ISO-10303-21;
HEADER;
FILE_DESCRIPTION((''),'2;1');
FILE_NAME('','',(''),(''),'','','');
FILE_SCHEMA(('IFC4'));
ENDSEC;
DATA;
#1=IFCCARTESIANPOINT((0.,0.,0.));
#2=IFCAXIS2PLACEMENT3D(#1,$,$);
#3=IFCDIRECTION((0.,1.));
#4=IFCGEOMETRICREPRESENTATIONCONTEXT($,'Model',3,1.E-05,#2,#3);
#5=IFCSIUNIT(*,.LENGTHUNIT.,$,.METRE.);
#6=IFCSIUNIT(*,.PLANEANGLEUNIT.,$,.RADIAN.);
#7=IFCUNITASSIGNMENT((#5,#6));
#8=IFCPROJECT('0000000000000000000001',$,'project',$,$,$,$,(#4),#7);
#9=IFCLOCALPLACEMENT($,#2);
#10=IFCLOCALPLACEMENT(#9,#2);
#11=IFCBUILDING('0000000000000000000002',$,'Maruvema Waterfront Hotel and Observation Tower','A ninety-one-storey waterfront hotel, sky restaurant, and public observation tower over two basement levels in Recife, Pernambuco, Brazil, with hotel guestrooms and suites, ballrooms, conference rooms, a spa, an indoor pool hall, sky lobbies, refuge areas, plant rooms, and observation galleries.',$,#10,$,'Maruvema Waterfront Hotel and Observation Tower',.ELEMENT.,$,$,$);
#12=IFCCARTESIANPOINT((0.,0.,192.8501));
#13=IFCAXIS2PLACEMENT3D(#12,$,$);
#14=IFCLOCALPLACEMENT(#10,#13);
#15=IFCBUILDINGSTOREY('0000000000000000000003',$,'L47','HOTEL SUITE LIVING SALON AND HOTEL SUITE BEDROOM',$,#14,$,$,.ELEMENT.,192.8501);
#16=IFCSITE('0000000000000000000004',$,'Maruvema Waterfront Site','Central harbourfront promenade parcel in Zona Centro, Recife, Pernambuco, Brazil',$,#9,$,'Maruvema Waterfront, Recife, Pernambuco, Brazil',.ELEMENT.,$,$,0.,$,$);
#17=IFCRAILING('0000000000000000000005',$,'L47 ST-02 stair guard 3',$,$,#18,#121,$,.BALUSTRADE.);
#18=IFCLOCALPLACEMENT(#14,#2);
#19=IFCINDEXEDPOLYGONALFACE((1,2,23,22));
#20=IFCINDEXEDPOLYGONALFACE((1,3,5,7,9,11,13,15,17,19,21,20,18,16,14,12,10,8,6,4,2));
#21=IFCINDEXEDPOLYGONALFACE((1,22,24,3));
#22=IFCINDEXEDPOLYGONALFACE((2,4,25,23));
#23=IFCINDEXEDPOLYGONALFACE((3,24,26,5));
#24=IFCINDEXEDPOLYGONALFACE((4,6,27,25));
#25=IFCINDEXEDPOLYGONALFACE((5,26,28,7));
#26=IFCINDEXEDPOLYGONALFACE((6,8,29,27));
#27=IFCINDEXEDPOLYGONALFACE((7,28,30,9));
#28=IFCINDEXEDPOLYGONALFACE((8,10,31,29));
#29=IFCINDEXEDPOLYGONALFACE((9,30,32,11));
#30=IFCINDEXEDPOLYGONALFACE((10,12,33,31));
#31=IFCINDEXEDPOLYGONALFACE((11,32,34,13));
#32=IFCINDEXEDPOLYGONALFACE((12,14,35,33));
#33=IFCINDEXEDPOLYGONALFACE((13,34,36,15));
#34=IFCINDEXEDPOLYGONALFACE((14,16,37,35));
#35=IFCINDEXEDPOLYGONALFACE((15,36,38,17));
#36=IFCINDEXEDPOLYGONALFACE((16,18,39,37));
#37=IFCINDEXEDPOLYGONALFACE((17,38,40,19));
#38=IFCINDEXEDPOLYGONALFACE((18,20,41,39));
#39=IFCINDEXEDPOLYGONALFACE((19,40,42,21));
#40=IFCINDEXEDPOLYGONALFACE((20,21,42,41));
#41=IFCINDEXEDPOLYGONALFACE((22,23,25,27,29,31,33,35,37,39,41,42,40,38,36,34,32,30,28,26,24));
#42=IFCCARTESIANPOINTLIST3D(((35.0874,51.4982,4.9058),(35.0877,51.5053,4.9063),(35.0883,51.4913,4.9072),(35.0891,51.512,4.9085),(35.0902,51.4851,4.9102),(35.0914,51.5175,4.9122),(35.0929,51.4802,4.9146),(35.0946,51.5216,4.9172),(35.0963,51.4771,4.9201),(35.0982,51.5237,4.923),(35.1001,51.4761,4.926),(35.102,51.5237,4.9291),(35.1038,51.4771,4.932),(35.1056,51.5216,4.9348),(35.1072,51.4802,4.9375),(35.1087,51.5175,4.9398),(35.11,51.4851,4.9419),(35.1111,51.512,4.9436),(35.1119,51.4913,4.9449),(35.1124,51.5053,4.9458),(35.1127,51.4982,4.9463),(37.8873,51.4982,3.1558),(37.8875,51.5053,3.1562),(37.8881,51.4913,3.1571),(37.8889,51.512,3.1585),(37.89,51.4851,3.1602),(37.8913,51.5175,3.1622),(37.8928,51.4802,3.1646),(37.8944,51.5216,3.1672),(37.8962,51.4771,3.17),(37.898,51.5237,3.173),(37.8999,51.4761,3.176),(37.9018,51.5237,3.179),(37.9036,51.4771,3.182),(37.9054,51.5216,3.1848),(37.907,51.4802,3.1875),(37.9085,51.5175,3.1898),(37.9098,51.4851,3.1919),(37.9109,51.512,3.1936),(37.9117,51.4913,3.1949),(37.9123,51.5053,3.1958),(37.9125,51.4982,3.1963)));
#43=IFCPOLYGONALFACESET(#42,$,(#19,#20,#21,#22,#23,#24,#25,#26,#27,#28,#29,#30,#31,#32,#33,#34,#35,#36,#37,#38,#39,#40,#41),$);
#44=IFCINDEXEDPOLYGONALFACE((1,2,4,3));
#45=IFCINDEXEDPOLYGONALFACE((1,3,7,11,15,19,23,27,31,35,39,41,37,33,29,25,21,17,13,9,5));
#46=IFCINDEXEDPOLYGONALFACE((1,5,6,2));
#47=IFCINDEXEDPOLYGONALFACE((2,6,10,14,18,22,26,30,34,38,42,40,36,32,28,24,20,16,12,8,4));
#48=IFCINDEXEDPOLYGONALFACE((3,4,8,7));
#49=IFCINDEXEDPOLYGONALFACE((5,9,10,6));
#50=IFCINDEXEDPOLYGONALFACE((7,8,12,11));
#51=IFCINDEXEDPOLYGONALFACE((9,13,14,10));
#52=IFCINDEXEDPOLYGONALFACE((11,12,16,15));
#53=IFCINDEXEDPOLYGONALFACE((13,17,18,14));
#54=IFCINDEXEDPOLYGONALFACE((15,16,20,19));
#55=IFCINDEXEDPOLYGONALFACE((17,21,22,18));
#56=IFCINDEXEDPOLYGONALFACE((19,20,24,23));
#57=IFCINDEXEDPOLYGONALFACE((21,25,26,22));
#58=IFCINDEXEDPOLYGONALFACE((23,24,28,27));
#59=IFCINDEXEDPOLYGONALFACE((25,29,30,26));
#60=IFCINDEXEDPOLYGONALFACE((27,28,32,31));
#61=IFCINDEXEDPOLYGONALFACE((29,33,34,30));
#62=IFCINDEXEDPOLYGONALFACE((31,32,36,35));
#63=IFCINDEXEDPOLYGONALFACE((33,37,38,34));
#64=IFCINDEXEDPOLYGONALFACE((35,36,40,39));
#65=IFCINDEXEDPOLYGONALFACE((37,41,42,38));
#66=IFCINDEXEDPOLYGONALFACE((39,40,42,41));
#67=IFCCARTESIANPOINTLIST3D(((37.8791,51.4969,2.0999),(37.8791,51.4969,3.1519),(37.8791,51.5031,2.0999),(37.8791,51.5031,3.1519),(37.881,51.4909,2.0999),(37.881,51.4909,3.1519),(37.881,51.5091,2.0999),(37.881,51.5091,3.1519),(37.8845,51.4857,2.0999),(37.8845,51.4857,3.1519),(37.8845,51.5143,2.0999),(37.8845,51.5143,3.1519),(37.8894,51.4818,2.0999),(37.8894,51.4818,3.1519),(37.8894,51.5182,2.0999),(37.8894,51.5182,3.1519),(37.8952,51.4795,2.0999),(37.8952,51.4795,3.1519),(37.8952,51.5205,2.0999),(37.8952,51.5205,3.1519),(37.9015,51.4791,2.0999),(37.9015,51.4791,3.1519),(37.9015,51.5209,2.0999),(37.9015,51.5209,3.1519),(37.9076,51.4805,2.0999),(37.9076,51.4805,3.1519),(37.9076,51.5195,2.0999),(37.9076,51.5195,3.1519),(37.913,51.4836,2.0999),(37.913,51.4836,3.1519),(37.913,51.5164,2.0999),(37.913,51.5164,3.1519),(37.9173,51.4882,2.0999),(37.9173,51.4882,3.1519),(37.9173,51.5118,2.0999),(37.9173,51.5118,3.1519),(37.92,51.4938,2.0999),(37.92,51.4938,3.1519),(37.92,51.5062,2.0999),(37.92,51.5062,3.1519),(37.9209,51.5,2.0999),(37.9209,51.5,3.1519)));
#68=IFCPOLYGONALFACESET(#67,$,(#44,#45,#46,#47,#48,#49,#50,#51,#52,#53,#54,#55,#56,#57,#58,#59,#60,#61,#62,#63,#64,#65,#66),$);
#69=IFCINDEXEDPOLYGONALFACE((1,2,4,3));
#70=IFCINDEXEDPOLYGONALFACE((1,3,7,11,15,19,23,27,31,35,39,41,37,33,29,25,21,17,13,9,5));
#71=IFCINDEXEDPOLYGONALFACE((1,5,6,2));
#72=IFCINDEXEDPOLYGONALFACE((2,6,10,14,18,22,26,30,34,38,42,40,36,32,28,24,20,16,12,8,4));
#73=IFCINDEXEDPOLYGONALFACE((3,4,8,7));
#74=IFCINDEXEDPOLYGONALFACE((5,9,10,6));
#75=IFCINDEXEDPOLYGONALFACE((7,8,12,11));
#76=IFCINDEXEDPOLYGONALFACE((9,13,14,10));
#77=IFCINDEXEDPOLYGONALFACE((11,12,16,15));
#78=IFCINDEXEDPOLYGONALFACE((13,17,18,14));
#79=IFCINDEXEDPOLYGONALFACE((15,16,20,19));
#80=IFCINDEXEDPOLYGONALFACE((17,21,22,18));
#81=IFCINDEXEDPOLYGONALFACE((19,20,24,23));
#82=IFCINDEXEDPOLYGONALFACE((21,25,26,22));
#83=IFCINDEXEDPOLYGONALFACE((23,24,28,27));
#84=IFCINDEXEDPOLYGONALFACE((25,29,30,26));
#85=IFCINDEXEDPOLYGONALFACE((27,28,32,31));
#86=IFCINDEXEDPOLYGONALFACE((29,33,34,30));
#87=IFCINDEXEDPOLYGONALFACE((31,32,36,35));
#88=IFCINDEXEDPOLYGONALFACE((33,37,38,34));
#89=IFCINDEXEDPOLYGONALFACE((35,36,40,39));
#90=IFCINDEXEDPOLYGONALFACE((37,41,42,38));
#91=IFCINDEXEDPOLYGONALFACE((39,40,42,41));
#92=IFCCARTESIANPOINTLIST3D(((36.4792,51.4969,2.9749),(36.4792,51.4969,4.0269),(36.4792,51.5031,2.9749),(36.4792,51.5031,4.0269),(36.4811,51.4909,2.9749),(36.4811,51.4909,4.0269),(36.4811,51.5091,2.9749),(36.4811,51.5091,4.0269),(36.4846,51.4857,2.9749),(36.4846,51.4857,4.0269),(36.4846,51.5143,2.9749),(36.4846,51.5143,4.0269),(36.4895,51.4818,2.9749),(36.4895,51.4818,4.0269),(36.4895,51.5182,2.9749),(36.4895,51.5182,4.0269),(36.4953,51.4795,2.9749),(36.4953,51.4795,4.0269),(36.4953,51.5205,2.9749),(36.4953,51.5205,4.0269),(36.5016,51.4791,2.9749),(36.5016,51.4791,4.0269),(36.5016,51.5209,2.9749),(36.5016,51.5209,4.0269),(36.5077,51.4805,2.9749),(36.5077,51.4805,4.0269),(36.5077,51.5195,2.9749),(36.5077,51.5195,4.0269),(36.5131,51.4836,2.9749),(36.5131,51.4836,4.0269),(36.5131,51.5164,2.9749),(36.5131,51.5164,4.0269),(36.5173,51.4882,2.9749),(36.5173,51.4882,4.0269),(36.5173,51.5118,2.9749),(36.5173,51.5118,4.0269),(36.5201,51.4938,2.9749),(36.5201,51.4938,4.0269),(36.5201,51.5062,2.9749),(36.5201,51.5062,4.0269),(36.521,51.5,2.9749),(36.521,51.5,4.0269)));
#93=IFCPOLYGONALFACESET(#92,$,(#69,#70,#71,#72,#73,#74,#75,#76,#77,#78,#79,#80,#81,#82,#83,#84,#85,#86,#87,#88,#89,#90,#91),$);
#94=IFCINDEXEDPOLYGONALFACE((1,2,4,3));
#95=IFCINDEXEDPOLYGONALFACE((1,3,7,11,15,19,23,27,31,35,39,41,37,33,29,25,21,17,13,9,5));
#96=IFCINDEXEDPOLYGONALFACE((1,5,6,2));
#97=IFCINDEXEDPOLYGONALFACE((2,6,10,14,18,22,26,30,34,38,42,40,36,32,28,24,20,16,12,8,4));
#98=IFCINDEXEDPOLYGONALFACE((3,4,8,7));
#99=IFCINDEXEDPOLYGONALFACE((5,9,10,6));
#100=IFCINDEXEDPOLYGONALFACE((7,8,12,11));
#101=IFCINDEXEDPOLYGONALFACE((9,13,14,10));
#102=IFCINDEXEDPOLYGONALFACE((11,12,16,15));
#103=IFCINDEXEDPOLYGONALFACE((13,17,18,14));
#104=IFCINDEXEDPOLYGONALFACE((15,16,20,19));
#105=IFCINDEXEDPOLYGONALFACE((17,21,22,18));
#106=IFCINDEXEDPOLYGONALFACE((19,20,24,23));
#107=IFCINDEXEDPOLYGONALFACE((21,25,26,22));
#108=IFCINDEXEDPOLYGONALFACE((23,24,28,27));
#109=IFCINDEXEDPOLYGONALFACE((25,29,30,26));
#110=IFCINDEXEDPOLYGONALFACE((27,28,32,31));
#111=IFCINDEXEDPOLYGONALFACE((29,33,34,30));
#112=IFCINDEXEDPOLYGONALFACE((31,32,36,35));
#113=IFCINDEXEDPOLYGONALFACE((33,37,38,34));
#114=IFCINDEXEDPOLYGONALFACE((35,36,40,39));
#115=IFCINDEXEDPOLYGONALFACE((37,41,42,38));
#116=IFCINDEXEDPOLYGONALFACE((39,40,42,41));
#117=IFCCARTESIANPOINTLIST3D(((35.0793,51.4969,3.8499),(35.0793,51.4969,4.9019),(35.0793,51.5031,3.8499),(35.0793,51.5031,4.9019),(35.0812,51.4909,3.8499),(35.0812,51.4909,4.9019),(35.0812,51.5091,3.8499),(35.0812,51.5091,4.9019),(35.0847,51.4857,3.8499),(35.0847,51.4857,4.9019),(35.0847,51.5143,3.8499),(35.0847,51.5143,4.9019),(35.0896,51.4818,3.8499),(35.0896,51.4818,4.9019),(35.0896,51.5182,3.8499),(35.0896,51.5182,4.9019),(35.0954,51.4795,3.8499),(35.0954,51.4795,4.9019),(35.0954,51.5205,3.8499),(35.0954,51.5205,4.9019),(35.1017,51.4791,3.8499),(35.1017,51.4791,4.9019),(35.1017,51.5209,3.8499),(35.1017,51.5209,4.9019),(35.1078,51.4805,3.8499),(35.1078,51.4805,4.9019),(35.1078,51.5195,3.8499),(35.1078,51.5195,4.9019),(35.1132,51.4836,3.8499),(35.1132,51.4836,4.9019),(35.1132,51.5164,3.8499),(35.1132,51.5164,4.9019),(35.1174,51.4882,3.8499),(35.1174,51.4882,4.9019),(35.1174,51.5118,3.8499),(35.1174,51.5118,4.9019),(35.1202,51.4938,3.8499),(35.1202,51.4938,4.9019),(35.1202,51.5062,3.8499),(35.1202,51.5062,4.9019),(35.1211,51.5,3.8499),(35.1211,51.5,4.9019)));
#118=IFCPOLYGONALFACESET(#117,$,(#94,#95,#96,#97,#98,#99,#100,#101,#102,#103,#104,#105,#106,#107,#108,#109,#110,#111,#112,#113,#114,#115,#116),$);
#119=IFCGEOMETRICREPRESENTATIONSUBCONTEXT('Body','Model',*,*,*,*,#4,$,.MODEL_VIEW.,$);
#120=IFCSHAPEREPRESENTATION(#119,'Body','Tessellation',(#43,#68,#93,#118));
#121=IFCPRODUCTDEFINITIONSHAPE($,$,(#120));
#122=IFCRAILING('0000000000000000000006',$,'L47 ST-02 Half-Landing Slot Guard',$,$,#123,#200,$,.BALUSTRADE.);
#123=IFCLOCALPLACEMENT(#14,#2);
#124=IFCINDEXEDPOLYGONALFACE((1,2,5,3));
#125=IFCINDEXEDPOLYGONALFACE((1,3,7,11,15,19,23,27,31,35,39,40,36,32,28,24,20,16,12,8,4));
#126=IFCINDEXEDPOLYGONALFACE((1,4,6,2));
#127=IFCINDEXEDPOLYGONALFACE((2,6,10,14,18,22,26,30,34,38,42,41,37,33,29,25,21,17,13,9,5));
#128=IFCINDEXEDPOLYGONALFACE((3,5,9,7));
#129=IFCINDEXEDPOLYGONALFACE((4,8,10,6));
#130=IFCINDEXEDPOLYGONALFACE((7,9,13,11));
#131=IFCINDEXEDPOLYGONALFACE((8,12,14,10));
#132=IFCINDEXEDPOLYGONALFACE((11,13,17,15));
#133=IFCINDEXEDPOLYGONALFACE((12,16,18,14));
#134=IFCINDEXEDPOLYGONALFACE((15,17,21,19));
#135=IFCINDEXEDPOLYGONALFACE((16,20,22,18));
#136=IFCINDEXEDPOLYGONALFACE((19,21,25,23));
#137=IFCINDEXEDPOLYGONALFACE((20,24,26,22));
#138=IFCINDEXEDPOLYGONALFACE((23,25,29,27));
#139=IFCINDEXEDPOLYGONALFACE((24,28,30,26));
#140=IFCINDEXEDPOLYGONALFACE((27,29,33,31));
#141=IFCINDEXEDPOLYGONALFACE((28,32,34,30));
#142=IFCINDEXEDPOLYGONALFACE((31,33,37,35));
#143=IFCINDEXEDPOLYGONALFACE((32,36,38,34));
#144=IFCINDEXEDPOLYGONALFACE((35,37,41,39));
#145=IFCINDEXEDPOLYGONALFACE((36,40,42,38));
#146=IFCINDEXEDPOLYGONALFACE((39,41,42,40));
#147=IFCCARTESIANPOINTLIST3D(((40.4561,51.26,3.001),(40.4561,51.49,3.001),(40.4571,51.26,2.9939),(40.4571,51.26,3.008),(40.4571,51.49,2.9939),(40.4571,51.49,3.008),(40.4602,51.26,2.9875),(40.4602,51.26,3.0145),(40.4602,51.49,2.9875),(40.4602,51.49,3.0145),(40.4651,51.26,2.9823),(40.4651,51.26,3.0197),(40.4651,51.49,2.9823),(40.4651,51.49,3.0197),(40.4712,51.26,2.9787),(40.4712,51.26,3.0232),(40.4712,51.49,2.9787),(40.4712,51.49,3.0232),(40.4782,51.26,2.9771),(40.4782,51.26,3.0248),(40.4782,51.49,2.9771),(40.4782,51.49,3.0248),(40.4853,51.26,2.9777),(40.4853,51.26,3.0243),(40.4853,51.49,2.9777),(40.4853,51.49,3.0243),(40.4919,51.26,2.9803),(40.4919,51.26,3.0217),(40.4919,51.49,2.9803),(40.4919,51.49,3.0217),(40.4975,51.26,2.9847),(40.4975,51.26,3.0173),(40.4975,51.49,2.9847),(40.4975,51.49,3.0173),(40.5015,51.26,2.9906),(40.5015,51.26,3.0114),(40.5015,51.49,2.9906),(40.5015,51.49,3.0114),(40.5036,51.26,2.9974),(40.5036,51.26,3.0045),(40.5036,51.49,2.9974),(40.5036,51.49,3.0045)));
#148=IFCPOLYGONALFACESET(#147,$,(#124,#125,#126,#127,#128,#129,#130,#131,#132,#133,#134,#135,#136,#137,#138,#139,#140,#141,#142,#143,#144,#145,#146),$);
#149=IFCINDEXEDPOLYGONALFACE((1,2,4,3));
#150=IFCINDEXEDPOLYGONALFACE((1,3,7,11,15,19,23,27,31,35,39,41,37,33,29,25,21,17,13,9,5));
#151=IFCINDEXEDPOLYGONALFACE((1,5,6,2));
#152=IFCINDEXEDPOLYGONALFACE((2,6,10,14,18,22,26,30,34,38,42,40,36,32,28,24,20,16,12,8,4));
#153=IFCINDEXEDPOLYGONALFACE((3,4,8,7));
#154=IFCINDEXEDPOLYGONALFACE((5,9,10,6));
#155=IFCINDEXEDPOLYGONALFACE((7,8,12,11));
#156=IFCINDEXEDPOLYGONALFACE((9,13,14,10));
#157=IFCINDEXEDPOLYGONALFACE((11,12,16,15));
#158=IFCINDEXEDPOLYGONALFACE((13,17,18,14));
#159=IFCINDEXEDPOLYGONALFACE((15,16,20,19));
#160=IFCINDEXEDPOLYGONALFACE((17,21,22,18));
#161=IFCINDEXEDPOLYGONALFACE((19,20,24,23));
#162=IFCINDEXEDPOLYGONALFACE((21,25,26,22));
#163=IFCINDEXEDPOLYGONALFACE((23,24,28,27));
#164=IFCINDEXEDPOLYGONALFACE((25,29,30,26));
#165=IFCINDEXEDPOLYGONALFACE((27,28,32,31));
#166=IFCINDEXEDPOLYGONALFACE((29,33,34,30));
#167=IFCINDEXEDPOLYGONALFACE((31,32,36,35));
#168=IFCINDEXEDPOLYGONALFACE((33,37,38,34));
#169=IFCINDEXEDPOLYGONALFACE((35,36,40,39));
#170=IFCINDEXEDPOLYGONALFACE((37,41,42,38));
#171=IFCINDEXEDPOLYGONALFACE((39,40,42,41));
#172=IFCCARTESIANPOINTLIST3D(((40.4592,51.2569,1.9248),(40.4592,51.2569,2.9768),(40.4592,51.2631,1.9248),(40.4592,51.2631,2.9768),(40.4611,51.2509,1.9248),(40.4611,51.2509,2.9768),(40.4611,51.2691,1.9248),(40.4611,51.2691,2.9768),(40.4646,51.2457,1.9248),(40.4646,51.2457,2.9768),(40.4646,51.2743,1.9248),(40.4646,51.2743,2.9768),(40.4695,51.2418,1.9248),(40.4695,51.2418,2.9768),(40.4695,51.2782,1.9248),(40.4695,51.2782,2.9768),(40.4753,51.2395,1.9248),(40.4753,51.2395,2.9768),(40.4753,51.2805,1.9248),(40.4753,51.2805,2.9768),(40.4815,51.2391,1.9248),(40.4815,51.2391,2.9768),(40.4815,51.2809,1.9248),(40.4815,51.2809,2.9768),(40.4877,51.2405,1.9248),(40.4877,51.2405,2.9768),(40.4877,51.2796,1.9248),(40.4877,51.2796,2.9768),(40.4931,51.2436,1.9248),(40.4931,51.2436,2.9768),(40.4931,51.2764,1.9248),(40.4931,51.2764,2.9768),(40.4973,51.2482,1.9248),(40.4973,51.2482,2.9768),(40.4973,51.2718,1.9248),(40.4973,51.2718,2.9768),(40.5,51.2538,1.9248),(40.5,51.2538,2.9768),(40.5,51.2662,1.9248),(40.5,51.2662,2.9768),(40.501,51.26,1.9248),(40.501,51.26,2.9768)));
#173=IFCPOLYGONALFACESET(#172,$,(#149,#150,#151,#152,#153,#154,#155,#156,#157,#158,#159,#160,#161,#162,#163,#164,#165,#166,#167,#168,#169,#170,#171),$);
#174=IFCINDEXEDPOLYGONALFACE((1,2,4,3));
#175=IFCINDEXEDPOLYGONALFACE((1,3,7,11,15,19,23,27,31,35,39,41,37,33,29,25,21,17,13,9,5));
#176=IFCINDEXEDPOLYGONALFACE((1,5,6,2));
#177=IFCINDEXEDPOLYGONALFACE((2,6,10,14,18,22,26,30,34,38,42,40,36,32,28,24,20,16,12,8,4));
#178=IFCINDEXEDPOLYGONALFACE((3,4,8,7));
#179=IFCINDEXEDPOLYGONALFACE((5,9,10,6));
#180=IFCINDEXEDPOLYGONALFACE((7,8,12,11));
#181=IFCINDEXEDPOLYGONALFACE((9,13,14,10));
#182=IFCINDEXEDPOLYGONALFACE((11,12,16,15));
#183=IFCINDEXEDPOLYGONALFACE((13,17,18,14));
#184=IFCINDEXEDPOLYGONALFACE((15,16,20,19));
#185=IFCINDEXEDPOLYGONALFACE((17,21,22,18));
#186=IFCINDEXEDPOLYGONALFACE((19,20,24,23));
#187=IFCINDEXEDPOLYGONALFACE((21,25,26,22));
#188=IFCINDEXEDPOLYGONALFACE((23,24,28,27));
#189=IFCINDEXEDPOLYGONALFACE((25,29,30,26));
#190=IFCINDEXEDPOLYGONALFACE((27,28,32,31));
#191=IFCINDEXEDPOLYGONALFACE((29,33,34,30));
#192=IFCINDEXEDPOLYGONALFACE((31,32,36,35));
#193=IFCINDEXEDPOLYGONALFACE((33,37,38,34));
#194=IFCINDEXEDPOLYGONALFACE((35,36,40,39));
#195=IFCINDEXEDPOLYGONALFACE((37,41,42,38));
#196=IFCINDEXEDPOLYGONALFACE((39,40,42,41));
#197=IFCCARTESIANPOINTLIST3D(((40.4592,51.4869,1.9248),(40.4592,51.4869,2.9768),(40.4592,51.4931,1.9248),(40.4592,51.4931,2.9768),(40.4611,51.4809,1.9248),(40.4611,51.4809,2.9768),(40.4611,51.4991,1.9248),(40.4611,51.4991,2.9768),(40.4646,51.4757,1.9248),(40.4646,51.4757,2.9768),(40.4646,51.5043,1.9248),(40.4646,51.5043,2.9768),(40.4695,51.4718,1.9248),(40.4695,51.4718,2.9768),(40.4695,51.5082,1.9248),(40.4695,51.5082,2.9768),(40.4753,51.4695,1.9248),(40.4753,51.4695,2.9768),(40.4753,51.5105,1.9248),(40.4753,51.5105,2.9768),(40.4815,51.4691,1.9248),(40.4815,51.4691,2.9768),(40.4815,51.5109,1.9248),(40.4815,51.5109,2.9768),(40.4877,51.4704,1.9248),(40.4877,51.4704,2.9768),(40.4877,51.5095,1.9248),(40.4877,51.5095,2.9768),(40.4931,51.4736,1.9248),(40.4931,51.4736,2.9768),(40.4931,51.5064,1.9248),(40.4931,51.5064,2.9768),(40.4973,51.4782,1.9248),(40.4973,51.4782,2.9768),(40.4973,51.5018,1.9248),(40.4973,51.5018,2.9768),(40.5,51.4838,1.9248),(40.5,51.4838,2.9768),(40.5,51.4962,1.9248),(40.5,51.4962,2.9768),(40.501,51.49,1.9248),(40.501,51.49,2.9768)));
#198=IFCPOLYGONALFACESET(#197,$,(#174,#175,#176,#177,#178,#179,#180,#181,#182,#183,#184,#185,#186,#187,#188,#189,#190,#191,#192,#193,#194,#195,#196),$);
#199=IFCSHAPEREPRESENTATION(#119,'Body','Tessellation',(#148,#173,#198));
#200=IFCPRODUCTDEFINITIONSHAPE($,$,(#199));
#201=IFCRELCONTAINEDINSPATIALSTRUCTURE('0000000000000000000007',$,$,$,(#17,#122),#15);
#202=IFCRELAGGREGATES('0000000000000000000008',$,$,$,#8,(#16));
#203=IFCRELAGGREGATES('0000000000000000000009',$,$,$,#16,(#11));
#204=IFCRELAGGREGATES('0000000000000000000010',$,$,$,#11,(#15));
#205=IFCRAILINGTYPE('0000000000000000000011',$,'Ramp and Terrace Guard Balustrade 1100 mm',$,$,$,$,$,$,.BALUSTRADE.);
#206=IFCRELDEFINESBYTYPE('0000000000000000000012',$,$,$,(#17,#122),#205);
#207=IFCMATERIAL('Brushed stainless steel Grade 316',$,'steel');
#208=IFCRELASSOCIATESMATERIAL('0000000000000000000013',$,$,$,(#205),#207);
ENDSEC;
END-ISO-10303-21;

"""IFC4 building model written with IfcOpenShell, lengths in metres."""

from ifc_helpers import new_model, si_unit, direction, frame, origin, origin_2d, place, context, subcontext, project, spatial, circle, extrude, material, type_object, element, save


model = new_model("IFC4")

# Units and contexts
model_context = context("Model", 3, precision=1e-05, world=origin(), true_north=direction((0.0, 1.0)))
body_context = subcontext(model_context, "Body", "Model", "MODEL_VIEW")
ifc_project = project(units=[si_unit("LENGTHUNIT", "METRE"), si_unit("PLANEANGLEUNIT", "RADIAN")], contexts=[model_context])

# Site, building, storey
site_placement = place(None, origin())
site = spatial("IfcSite", under=ifc_project, at=site_placement, Name="Maruvema Waterfront Site", Description="Central harbourfront promenade parcel in Zona Centro, Recife, Pernambuco, Brazil", LongName="Maruvema Waterfront, Recife, Pernambuco, Brazil", CompositionType="ELEMENT", RefElevation=0.0)
building_placement = place(site_placement, origin())
building = spatial("IfcBuilding", under=site, at=building_placement, Name="Maruvema Waterfront Hotel and Observation Tower", Description="A ninety-one-storey waterfront hotel, sky restaurant, and public observation tower over two basement levels in Recife, Pernambuco, Brazil, with hotel guestrooms and suites, ballrooms, conference rooms, a spa, an indoor pool hall, sky lobbies, refuge areas, plant rooms, and observation galleries.", LongName="Maruvema Waterfront Hotel and Observation Tower", CompositionType="ELEMENT")
storey_placement = place(building_placement, frame((0.0, 0.0, 192.8501)))
storey = spatial("IfcBuildingStorey", under=building, at=storey_placement, Name="L47", Description="HOTEL SUITE LIVING SALON AND HOTEL SUITE BEDROOM", CompositionType="ELEMENT", Elevation=192.8501)

# Railings
ifc_material_1 = material(Name="Brushed stainless steel Grade 316", Category="steel")
railing_type_1 = type_object("IfcRailingType", Name="Ramp and Terrace Guard Balustrade 1100 mm", PredefinedType="BALUSTRADE", material=ifc_material_1)
railing_1_placement = place(storey_placement, frame((37.8999, 51.5, 2.0999)))
element("IfcRailing", 1, at=railing_1_placement, inside=storey, type_object=railing_type_1, Name="L47 ST-02 stair guard 3", PredefinedType="BALUSTRADE", context=body_context, shape_type="SweptSolid", body=[
    extrude(circle(Radius=0.0239, at=origin_2d()), frame((0.0, 0.0, 1.0762), z_axis=(-0.847982, 0.0, 0.530026), x_axis=(0.0, -1.0, 0.0)), (0.0, 0.0, 1.0), 3.3018),
    extrude(circle(Radius=0.021, at=origin_2d()), origin(), (0.0, 0.0, 1.0), 1.052),
    extrude(circle(Radius=0.021, at=origin_2d()), frame((-1.3999, 0.0, 0.875)), (0.0, 0.0, 1.0), 1.052),
    extrude(circle(Radius=0.021, at=origin_2d()), frame((-2.7998, 0.0, 1.75)), (0.0, 0.0, 1.0), 1.052),
])
railing_2_placement = place(storey_placement, frame((40.48, 51.26, 1.9248)))
element("IfcRailing", 2, at=railing_2_placement, inside=storey, type_object=railing_type_1, Name="L47 ST-02 Half-Landing Slot Guard", PredefinedType="BALUSTRADE", context=body_context, shape_type="SweptSolid", body=[
    extrude(circle(Radius=0.0239, at=origin_2d()), frame((0.0, 0.0, 1.0762), z_axis=(0.0, 1.0, 0.0), x_axis=(-1.0, 0.0, 0.0)), (0.0, 0.0, 1.0), 0.23),
    extrude(circle(Radius=0.021, at=origin_2d()), origin(), (0.0, 0.0, 1.0), 1.052),
    extrude(circle(Radius=0.021, at=origin_2d()), frame((0.0, 0.23, 0.0)), (0.0, 0.0, 1.0), 1.052),
])

save(model, "model.ifc")
